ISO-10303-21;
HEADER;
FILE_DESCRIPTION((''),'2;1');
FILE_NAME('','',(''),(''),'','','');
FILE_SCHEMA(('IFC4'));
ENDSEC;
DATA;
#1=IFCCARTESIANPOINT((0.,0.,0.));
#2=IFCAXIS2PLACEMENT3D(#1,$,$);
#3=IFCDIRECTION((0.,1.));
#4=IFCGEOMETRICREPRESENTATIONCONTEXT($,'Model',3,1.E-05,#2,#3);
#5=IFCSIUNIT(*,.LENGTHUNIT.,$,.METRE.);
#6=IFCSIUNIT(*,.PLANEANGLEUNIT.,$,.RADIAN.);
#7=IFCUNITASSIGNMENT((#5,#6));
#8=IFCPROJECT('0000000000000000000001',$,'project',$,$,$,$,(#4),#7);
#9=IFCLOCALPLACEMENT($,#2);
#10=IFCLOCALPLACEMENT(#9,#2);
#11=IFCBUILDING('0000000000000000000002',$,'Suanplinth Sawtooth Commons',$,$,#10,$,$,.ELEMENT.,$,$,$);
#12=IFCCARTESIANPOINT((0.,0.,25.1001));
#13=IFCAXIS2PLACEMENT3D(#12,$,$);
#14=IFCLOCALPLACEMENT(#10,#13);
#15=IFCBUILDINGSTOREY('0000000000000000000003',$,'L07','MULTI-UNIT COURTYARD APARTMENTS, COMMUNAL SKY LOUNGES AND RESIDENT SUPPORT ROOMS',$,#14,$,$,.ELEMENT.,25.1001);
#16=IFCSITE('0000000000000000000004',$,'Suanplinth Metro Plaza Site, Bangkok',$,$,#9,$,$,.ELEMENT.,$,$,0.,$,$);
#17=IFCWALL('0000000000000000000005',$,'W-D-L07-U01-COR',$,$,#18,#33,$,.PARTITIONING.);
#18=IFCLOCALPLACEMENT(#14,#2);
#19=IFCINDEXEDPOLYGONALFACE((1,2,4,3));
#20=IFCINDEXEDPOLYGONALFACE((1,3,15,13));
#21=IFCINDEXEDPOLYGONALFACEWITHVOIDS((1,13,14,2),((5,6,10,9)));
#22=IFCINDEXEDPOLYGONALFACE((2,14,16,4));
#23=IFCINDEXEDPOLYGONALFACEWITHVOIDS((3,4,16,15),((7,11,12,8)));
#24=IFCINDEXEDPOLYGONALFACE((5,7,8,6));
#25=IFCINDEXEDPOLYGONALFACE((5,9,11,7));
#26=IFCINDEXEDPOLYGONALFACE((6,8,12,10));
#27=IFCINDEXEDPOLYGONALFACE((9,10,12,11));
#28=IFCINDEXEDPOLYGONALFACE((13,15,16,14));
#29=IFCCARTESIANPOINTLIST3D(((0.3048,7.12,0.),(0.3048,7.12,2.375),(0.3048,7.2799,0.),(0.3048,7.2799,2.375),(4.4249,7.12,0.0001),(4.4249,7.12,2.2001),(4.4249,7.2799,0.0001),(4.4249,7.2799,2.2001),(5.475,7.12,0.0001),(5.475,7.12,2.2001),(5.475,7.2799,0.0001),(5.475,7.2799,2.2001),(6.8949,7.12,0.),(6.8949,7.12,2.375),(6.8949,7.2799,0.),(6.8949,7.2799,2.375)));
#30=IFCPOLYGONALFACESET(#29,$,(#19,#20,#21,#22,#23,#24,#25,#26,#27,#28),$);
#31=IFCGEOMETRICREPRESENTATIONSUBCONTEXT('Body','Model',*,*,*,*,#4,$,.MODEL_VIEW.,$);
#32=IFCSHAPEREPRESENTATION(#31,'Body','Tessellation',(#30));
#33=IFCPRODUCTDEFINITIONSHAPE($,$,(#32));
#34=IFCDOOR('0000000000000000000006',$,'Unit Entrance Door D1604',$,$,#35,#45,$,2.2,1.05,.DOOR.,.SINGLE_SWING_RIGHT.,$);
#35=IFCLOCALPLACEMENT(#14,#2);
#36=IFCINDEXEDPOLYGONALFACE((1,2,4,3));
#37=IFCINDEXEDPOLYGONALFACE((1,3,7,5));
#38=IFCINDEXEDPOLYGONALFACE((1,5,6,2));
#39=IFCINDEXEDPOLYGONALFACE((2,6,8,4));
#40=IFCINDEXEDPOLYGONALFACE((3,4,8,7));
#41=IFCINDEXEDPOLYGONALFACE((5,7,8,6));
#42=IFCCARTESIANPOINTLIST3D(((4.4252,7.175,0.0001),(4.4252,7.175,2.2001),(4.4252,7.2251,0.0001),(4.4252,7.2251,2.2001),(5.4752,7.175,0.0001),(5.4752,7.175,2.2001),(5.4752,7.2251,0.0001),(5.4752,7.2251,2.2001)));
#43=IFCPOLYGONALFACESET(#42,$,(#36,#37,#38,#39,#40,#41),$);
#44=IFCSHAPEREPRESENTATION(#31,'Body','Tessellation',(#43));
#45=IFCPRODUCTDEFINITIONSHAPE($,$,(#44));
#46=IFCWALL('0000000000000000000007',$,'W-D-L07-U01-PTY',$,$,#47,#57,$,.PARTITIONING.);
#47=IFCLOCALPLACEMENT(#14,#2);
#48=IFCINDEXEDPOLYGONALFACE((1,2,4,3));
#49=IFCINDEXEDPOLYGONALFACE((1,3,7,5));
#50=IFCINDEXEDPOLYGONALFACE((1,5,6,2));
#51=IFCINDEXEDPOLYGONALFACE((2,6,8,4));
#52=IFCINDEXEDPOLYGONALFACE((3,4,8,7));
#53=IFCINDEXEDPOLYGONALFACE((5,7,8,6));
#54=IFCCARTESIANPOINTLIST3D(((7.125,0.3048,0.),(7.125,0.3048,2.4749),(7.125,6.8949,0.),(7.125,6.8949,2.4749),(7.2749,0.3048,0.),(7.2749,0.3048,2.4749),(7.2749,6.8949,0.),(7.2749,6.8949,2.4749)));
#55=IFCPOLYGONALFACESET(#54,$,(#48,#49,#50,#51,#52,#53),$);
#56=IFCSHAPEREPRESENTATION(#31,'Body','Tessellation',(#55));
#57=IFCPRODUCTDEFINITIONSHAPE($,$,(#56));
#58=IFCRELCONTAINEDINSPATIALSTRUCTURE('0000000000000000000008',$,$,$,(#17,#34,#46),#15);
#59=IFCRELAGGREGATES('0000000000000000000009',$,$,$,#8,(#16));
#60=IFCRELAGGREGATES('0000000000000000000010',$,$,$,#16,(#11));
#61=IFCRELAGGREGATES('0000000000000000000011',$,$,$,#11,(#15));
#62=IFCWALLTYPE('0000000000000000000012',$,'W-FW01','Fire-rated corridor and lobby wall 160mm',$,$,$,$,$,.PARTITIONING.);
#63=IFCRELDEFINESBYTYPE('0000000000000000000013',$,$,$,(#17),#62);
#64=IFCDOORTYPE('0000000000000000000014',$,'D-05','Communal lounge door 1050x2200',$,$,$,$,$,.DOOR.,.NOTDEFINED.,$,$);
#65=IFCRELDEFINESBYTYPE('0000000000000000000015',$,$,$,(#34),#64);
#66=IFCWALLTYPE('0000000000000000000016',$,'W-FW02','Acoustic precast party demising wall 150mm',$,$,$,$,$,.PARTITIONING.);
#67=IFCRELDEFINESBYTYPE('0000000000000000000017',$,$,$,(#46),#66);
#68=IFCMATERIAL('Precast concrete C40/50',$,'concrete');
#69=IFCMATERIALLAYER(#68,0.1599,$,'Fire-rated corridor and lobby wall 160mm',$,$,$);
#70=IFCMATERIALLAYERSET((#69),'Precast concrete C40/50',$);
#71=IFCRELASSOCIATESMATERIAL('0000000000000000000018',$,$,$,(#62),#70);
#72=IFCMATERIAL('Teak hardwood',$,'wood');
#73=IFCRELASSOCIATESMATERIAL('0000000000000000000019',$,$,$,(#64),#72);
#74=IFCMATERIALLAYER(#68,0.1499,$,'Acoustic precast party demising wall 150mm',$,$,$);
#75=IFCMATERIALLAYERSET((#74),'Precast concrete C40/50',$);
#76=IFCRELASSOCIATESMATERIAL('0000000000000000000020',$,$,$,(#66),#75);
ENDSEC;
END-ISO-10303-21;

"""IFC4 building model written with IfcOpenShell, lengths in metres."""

from ifc_helpers import new_model, si_unit, direction, frame, frame_2d, origin, place, context, subcontext, project, spatial, rectangle, extrude, material, layer, layer_set, type_object, element, fill, save


model = new_model("IFC4")

# Units and contexts
model_context = context("Model", 3, precision=1e-05, world=origin(), true_north=direction((0.0, 1.0)))
body_context = subcontext(model_context, "Body", "Model", "MODEL_VIEW")
ifc_project = project(units=[si_unit("LENGTHUNIT", "METRE"), si_unit("PLANEANGLEUNIT", "RADIAN")], contexts=[model_context])

# Site, building, storey
site_placement = place(None, origin())
site = spatial("IfcSite", under=ifc_project, at=site_placement, Name="Suanplinth Metro Plaza Site, Bangkok", CompositionType="ELEMENT", RefElevation=0.0)
building_placement = place(site_placement, origin())
building = spatial("IfcBuilding", under=site, at=building_placement, Name="Suanplinth Sawtooth Commons", CompositionType="ELEMENT")
storey_placement = place(building_placement, frame((0.0, 0.0, 25.1001)))
storey = spatial("IfcBuildingStorey", under=building, at=storey_placement, Name="L07", Description="MULTI-UNIT COURTYARD APARTMENTS, COMMUNAL SKY LOUNGES AND RESIDENT SUPPORT ROOMS", CompositionType="ELEMENT", Elevation=25.1001)

# Shared definitions
ifc_material_1 = material(Name="Precast concrete C40/50", Category="concrete")

# Wall, opening, door
ifc_layer_1 = layer(ifc_material_1, 0.1599, Name="Fire-rated corridor and lobby wall 160mm")
ifc_layer_set_1 = layer_set([ifc_layer_1], Name="Precast concrete C40/50")
wall_type_1 = type_object("IfcWallType", Name="W-FW01", Description="Fire-rated corridor and lobby wall 160mm", PredefinedType="PARTITIONING", material=ifc_layer_set_1)
wall_1_placement = place(storey_placement, frame((0.3049, 7.2, 0.0), z_axis=(0.0, 0.0, 1.0), x_axis=(1.0, 0.0, 0.0)))
wall_1 = element("IfcWall", 1, at=wall_1_placement, inside=storey, type_object=wall_type_1, Name="W-D-L07-U01-COR", PredefinedType="PARTITIONING", context=body_context, shape_type="SweptSolid", body=[
    extrude(rectangle(XDim=6.5901, YDim=0.1599, at=frame_2d((3.2949, 0.0))), origin(), (0.0, 0.0, 1.0), 2.375),
])
opening_1_placement = place(wall_1_placement, frame((4.1201, 0.0, 0.0)))
opening_1 = element("IfcOpeningElement", 2, at=opening_1_placement, cuts=wall_1, PredefinedType="OPENING", context=body_context, shape_type="SweptSolid", body=[
    extrude(rectangle(XDim=1.05, YDim=2.2, at=frame_2d((0.5249, 1.1001))), frame((0.0, 0.0947, 0.0), z_axis=(0.0, -1.0, 0.0), x_axis=(1.0, 0.0, 0.0)), (0.0, 0.0, 1.0), 0.1897),
])
ifc_material_2 = material(Name="Teak hardwood", Category="wood")
door_type_1 = type_object("IfcDoorType", Name="D-05", Description="Communal lounge door 1050x2200", OperationType="NOTDEFINED", PredefinedType="DOOR", material=ifc_material_2)
door_1_placement = place(opening_1_placement, frame((1.05, 0.0, 0.0), z_axis=(0.0, 0.0, 1.0), x_axis=(-1.0, 0.0, 0.0)))
door_1 = element("IfcDoor", 3, at=door_1_placement, inside=storey, type_object=door_type_1, Name="Unit Entrance Door D1604", OperationType="SINGLE_SWING_RIGHT", OverallHeight=2.2, OverallWidth=1.05, PredefinedType="DOOR", context=body_context, shape_type="SweptSolid", body=[
    extrude(rectangle(XDim=1.05, YDim=2.2, at=frame_2d((0.5249, 1.1001))), frame((0.0, 0.0249, 0.0), z_axis=(0.0, -1.0, 0.0), x_axis=(1.0, 0.0, 0.0)), (0.0, 0.0, 1.0), 0.05),
])
fill(opening_1, door_1)

# Wall
ifc_layer_2 = layer(ifc_material_1, 0.1499, Name="Acoustic precast party demising wall 150mm")
ifc_layer_set_2 = layer_set([ifc_layer_2], Name="Precast concrete C40/50")
wall_type_2 = type_object("IfcWallType", Name="W-FW02", Description="Acoustic precast party demising wall 150mm", PredefinedType="PARTITIONING", material=ifc_layer_set_2)
wall_2_placement = place(storey_placement, frame((7.2, 0.3049, 0.0), z_axis=(0.0, 0.0, 1.0), x_axis=(0.0, 1.0, 0.0)))
element("IfcWall", 4, at=wall_2_placement, inside=storey, type_object=wall_type_2, Name="W-D-L07-U01-PTY", PredefinedType="PARTITIONING", context=body_context, shape_type="SweptSolid", body=[
    extrude(rectangle(XDim=6.5901, YDim=0.1499, at=frame_2d((3.2949, 0.0))), origin(), (0.0, 0.0, 1.0), 2.4749),
])

save(model, "model.ifc")
